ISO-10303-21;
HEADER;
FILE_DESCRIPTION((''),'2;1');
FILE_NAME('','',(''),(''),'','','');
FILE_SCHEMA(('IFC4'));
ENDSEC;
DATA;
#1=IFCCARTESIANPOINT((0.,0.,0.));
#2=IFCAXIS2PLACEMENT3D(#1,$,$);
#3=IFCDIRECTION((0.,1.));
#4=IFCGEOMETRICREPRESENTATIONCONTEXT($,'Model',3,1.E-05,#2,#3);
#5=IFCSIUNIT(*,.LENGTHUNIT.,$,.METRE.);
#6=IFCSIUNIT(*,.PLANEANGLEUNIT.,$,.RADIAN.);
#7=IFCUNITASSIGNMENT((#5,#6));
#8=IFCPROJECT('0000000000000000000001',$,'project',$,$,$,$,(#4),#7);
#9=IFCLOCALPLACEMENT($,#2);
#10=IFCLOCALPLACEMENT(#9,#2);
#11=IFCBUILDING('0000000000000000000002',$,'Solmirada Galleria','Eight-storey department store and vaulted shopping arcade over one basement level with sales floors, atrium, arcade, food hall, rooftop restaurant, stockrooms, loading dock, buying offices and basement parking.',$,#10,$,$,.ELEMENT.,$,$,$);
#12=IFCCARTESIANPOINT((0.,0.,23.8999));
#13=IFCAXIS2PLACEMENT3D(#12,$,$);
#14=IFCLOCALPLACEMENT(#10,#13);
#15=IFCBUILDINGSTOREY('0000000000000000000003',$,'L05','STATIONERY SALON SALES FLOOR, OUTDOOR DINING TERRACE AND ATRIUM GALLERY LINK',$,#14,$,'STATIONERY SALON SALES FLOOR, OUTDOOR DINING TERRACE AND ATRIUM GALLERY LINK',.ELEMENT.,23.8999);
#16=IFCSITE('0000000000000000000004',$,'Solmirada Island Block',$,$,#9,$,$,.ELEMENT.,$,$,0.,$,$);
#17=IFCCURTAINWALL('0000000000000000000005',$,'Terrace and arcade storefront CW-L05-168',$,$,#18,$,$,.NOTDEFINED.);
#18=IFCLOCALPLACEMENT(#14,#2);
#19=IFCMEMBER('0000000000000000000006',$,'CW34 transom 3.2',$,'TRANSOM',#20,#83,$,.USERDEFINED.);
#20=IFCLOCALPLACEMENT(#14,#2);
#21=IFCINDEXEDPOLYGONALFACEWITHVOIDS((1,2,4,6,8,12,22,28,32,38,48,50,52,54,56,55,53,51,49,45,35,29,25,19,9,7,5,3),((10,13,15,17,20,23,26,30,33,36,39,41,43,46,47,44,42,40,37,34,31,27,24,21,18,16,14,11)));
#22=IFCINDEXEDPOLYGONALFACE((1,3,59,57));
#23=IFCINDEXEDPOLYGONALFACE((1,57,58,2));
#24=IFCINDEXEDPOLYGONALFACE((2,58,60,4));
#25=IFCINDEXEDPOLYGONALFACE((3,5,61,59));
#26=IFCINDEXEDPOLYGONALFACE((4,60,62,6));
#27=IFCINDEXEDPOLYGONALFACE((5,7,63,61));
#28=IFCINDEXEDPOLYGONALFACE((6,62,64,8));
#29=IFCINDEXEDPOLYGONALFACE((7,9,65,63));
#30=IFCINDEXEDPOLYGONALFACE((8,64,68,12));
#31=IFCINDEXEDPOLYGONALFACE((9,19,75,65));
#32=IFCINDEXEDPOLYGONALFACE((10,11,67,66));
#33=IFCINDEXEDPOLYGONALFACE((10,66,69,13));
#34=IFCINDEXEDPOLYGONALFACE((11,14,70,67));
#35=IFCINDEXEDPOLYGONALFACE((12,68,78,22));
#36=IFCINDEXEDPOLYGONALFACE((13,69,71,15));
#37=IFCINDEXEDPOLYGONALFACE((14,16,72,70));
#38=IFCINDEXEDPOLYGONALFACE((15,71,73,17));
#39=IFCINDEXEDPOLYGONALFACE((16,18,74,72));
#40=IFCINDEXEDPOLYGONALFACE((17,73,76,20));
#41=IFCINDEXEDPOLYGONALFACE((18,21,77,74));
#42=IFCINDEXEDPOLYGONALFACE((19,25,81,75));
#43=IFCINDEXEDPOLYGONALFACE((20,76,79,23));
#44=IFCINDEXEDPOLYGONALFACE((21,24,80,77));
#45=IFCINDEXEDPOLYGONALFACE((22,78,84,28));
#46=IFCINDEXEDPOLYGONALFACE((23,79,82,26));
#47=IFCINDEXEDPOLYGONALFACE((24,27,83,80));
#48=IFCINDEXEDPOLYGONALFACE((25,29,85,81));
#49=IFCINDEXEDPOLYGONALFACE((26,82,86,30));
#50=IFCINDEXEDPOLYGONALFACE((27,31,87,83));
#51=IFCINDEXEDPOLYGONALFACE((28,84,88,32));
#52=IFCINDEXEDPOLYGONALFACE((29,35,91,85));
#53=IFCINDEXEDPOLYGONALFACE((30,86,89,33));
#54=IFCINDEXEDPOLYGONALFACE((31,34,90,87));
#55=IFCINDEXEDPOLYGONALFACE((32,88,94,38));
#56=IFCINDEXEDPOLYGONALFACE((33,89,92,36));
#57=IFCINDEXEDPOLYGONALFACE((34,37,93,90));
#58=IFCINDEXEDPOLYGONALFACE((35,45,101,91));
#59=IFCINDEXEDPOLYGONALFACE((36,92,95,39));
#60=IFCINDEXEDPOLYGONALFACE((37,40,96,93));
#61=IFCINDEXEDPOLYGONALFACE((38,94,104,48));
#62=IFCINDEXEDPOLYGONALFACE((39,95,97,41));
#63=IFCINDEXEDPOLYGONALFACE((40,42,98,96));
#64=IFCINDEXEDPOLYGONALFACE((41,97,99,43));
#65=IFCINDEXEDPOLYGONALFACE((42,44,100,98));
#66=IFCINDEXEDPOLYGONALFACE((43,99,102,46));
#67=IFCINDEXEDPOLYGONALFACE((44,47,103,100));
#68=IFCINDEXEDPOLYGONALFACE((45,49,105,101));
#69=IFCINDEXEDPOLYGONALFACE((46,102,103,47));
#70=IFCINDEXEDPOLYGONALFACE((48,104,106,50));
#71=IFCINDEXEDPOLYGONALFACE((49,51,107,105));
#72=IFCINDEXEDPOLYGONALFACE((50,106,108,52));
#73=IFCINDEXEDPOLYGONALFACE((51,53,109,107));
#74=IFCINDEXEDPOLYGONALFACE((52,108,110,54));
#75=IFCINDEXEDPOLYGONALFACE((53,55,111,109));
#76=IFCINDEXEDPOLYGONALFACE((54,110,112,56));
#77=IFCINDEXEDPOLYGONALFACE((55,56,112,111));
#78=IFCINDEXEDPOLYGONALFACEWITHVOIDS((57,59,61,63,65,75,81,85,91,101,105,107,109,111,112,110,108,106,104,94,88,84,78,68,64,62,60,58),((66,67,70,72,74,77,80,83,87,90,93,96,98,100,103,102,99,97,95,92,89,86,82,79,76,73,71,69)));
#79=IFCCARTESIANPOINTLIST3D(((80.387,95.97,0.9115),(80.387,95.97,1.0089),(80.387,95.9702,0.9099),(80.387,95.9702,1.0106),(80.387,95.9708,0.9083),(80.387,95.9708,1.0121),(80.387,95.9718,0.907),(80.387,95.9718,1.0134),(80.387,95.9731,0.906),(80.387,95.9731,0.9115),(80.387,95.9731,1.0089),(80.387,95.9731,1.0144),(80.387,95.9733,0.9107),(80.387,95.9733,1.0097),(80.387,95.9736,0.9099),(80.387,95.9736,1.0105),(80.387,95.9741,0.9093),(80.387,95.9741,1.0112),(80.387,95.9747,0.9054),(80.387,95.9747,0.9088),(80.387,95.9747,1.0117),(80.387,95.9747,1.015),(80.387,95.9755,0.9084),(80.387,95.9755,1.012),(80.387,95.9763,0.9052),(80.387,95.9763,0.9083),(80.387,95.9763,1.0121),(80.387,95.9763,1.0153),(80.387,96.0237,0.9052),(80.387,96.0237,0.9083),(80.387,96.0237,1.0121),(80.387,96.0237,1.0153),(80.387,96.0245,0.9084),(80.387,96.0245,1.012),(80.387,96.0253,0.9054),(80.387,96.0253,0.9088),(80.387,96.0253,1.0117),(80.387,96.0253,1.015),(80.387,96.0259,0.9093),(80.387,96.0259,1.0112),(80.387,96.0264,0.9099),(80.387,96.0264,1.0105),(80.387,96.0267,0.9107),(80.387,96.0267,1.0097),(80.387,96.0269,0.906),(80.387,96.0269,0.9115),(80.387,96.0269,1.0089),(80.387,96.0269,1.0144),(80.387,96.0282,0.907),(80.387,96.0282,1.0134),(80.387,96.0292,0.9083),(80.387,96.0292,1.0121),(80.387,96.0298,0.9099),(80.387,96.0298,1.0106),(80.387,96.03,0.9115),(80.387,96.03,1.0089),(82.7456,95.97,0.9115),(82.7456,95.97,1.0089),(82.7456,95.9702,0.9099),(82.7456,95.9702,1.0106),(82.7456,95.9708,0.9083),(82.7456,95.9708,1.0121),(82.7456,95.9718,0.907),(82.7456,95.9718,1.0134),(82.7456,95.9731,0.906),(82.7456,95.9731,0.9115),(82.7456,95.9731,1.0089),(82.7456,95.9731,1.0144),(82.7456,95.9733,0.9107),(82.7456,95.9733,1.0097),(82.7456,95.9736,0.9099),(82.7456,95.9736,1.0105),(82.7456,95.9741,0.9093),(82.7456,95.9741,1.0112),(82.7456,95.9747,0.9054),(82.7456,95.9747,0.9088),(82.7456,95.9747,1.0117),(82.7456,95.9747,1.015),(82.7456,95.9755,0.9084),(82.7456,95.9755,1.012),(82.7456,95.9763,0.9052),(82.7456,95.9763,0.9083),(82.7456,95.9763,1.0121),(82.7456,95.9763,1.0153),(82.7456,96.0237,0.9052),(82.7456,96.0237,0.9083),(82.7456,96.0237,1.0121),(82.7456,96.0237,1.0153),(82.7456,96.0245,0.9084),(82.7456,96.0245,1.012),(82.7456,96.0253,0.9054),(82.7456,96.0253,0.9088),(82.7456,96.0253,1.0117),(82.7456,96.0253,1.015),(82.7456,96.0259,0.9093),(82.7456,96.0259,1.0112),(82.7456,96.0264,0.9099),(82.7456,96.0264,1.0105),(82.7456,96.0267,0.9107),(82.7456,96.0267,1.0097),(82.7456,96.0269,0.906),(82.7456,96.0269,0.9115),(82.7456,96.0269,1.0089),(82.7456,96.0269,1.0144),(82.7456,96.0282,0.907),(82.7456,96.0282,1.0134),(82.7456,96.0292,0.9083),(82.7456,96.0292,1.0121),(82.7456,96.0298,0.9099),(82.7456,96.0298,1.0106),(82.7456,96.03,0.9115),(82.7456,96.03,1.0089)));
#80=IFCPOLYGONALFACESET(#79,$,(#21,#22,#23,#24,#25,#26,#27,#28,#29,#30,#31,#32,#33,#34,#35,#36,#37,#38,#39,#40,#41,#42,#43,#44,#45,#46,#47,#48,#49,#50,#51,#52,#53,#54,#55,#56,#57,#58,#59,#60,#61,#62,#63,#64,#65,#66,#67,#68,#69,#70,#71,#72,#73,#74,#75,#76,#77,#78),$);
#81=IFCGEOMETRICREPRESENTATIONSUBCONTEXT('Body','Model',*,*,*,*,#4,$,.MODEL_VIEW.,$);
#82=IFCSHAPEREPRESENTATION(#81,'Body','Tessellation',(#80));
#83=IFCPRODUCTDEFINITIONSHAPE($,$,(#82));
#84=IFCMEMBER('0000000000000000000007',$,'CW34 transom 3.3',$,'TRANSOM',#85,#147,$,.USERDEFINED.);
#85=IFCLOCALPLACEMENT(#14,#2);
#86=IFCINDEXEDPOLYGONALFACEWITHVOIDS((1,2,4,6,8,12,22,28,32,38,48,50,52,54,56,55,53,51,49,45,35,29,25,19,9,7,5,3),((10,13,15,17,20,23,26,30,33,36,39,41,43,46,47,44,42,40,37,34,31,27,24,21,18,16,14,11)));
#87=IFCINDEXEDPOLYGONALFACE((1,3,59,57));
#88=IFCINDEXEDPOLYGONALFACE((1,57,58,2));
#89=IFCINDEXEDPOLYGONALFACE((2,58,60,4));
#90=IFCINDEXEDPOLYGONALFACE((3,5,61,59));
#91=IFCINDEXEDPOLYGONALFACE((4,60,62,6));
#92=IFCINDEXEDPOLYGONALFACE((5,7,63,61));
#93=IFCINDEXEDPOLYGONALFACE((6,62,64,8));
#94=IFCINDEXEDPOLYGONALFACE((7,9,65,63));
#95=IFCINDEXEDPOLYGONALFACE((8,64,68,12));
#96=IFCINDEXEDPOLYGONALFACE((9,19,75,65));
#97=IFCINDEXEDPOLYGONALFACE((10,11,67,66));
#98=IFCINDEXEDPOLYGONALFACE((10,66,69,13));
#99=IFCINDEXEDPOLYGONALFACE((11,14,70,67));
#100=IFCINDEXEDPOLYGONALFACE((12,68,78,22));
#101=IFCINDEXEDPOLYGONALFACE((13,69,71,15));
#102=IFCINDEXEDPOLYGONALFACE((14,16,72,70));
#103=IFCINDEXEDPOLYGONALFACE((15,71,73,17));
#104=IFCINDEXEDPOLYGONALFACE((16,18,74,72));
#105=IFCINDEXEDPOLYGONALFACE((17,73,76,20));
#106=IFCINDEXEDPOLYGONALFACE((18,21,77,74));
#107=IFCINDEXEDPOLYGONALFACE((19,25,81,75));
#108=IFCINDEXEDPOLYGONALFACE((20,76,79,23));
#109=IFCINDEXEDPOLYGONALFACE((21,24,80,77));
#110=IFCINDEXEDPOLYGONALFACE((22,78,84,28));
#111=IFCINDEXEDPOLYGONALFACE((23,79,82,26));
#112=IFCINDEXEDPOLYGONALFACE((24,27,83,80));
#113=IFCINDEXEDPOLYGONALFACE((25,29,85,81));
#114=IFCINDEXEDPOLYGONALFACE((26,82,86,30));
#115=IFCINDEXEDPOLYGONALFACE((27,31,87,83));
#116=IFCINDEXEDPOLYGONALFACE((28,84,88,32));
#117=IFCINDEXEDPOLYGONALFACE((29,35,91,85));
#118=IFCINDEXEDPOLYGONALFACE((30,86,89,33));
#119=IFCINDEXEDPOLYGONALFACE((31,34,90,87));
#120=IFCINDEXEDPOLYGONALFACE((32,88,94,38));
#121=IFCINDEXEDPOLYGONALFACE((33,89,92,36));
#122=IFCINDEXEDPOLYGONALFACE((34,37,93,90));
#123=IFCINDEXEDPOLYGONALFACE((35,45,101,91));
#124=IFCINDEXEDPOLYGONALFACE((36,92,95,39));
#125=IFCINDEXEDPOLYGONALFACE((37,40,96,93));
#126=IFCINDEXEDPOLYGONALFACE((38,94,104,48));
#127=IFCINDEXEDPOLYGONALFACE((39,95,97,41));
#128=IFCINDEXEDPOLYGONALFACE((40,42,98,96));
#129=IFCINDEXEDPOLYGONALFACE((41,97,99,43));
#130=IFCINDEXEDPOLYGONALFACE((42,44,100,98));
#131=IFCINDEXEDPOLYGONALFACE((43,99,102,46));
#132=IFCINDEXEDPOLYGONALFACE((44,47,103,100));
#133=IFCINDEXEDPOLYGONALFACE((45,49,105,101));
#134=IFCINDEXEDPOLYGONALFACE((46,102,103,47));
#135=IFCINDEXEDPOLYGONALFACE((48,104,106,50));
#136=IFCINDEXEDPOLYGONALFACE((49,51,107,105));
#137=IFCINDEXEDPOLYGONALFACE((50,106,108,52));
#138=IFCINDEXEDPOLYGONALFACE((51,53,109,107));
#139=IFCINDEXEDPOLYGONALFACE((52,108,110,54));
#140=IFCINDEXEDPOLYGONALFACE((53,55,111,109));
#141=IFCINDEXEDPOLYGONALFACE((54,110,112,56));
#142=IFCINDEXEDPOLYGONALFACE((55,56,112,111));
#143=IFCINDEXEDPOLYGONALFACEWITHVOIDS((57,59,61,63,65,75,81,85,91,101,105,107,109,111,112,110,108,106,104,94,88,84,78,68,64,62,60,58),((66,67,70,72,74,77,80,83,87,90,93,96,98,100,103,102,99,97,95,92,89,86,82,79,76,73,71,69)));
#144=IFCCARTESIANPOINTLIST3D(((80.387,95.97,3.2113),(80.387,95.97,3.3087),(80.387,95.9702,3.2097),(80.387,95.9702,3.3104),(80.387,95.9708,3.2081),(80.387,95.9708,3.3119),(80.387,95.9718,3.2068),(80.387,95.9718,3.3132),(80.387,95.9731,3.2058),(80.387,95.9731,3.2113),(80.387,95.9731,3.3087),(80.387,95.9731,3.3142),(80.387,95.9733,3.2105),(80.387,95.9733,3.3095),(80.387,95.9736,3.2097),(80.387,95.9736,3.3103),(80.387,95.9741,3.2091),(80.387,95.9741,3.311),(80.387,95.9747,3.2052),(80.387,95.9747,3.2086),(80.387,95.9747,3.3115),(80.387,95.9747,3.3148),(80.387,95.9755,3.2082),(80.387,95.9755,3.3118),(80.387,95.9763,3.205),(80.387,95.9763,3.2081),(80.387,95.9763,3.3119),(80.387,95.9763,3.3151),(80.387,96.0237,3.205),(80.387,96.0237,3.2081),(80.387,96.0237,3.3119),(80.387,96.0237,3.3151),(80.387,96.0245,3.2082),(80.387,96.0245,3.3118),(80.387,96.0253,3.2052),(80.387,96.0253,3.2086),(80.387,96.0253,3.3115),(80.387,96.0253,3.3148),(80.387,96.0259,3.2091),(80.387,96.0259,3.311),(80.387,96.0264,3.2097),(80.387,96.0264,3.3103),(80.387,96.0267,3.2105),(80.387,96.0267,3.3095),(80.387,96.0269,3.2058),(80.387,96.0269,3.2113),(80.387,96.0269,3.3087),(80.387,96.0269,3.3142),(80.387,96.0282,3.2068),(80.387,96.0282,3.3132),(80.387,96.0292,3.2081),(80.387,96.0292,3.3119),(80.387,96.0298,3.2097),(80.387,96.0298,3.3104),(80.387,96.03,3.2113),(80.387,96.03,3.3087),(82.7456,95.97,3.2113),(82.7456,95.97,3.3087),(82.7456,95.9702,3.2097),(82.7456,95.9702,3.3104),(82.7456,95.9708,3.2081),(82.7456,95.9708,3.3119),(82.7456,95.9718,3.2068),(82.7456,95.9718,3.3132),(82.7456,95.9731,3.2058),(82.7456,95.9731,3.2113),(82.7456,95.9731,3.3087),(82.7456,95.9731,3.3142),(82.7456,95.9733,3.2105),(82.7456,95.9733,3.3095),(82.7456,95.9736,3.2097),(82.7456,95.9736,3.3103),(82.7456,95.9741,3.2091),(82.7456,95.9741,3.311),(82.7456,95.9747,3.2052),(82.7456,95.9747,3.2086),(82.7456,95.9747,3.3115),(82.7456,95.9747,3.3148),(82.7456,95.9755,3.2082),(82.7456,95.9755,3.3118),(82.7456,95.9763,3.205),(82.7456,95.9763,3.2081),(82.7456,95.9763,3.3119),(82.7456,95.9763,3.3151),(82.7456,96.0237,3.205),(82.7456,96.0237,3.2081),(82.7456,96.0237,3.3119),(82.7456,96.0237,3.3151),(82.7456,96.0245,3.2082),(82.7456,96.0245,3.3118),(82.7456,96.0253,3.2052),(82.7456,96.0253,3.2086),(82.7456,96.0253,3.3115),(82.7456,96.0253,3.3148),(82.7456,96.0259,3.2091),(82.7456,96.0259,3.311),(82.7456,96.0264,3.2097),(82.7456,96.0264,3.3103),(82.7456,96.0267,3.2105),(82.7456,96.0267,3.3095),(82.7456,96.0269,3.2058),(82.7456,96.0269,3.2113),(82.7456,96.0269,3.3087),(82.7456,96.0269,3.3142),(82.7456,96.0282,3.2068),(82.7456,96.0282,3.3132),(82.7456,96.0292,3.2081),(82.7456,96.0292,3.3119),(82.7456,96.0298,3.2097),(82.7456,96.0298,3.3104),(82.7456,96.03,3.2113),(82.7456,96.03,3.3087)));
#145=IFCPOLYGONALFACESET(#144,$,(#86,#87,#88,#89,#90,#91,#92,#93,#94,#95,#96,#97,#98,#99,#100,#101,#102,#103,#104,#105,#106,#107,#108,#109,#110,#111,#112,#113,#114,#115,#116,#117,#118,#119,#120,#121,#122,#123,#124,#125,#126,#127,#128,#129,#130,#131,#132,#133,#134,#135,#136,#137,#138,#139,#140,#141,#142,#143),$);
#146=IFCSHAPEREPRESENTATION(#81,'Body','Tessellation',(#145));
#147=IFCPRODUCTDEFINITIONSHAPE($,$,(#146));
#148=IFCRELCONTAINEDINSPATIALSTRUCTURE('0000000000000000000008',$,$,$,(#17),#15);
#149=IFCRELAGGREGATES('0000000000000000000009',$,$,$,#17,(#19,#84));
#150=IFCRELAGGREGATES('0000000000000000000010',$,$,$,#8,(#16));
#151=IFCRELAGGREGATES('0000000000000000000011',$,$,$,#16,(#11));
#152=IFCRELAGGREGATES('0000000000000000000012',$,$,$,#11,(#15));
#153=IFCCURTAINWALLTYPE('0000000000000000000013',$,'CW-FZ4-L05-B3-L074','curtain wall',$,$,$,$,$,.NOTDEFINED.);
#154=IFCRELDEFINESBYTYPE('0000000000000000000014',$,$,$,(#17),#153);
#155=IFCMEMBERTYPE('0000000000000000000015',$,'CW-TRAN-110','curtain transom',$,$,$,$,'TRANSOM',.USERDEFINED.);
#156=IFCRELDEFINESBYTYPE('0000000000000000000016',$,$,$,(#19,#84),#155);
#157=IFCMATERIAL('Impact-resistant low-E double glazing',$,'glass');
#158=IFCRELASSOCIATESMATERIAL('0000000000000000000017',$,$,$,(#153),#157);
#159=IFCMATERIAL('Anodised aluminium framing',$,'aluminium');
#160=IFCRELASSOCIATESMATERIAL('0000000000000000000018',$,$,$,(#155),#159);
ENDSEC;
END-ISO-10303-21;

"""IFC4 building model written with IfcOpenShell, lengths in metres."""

from ifc_helpers import new_model, si_unit, direction, frame, origin, origin_2d, place, context, subcontext, project, spatial, hollow_rectangle, extrude, material, material_profile, profile_set, type_object, element, aggregate, save


model = new_model("IFC4")

# Units and contexts
model_context = context("Model", 3, precision=1e-05, world=origin(), true_north=direction((0.0, 1.0)))
body_context = subcontext(model_context, "Body", "Model", "MODEL_VIEW")
ifc_project = project(units=[si_unit("LENGTHUNIT", "METRE"), si_unit("PLANEANGLEUNIT", "RADIAN")], contexts=[model_context])

# Site, building, storey
site_placement = place(None, origin())
site = spatial("IfcSite", under=ifc_project, at=site_placement, Name="Solmirada Island Block", CompositionType="ELEMENT", RefElevation=0.0)
building_placement = place(site_placement, origin())
building = spatial("IfcBuilding", under=site, at=building_placement, Name="Solmirada Galleria", Description="Eight-storey department store and vaulted shopping arcade over one basement level with sales floors, atrium, arcade, food hall, rooftop restaurant, stockrooms, loading dock, buying offices and basement parking.", CompositionType="ELEMENT")
storey_placement = place(building_placement, frame((0.0, 0.0, 23.8999)))
storey = spatial("IfcBuildingStorey", under=building, at=storey_placement, Name="L05", Description="STATIONERY SALON SALES FLOOR, OUTDOOR DINING TERRACE AND ATRIUM GALLERY LINK", LongName="STATIONERY SALON SALES FLOOR, OUTDOOR DINING TERRACE AND ATRIUM GALLERY LINK", CompositionType="ELEMENT", Elevation=23.8999)

# Curtain wall
ifc_material_1 = material(Name="Impact-resistant low-E double glazing", Category="glass")
curtain_wall_type = type_object("IfcCurtainWallType", Name="CW-FZ4-L05-B3-L074", Description="curtain wall", PredefinedType="NOTDEFINED", material=ifc_material_1)
curtain_wall_1_placement = place(storey_placement, origin())
curtain_wall_1 = element("IfcCurtainWall", 1, at=curtain_wall_1_placement, inside=storey, type_object=curtain_wall_type, Name="Terrace and arcade storefront CW-L05-168", PredefinedType="NOTDEFINED")
ifc_material_2 = material(Name="Anodised aluminium framing", Category="aluminium")

# Members
ifc_material_profile_1 = material_profile(ifc_material_2, hollow_rectangle(XDim=0.0601, YDim=0.1101, WallThickness=0.0032, InnerFilletRadius=0.0032, OuterFilletRadius=0.0063, at=origin_2d()), Name="ALU-TRAN-110X60")
ifc_profile_set_1 = profile_set([ifc_material_profile_1], Name="Anodised aluminium framing")
member_type_1 = type_object("IfcMemberType", Name="CW-TRAN-110", Description="curtain transom", ElementType="TRANSOM", PredefinedType="USERDEFINED", material=ifc_profile_set_1)
member_1_placement = place(storey_placement, frame((82.7456, 96.0, 0.9602), z_axis=(-1.0, 0.0, 0.0), x_axis=(0.0, -1.0, 0.0)))
member_1 = element("IfcMember", 2, at=member_1_placement, type_object=member_type_1, Name="CW34 transom 3.2", ObjectType="TRANSOM", PredefinedType="USERDEFINED", context=body_context, shape_type="SweptSolid", body=[
    extrude(hollow_rectangle(XDim=0.0601, YDim=0.1101, WallThickness=0.0032, InnerFilletRadius=0.0032, OuterFilletRadius=0.0063, at=origin_2d()), origin(), (0.0, 0.0, 1.0), 2.3586),
])
member_2_placement = place(storey_placement, frame((82.7456, 96.0, 3.26), z_axis=(-1.0, 0.0, 0.0), x_axis=(0.0, -1.0, 0.0)))
member_2 = element("IfcMember", 3, at=member_2_placement, type_object=member_type_1, Name="CW34 transom 3.3", ObjectType="TRANSOM", PredefinedType="USERDEFINED", context=body_context, shape_type="SweptSolid", body=[
    extrude(hollow_rectangle(XDim=0.0601, YDim=0.1101, WallThickness=0.0032, InnerFilletRadius=0.0032, OuterFilletRadius=0.0063, at=origin_2d()), origin(), (0.0, 0.0, 1.0), 2.3586),
])

aggregate(curtain_wall_1, [member_1, member_2])

save(model, "model.ifc")
